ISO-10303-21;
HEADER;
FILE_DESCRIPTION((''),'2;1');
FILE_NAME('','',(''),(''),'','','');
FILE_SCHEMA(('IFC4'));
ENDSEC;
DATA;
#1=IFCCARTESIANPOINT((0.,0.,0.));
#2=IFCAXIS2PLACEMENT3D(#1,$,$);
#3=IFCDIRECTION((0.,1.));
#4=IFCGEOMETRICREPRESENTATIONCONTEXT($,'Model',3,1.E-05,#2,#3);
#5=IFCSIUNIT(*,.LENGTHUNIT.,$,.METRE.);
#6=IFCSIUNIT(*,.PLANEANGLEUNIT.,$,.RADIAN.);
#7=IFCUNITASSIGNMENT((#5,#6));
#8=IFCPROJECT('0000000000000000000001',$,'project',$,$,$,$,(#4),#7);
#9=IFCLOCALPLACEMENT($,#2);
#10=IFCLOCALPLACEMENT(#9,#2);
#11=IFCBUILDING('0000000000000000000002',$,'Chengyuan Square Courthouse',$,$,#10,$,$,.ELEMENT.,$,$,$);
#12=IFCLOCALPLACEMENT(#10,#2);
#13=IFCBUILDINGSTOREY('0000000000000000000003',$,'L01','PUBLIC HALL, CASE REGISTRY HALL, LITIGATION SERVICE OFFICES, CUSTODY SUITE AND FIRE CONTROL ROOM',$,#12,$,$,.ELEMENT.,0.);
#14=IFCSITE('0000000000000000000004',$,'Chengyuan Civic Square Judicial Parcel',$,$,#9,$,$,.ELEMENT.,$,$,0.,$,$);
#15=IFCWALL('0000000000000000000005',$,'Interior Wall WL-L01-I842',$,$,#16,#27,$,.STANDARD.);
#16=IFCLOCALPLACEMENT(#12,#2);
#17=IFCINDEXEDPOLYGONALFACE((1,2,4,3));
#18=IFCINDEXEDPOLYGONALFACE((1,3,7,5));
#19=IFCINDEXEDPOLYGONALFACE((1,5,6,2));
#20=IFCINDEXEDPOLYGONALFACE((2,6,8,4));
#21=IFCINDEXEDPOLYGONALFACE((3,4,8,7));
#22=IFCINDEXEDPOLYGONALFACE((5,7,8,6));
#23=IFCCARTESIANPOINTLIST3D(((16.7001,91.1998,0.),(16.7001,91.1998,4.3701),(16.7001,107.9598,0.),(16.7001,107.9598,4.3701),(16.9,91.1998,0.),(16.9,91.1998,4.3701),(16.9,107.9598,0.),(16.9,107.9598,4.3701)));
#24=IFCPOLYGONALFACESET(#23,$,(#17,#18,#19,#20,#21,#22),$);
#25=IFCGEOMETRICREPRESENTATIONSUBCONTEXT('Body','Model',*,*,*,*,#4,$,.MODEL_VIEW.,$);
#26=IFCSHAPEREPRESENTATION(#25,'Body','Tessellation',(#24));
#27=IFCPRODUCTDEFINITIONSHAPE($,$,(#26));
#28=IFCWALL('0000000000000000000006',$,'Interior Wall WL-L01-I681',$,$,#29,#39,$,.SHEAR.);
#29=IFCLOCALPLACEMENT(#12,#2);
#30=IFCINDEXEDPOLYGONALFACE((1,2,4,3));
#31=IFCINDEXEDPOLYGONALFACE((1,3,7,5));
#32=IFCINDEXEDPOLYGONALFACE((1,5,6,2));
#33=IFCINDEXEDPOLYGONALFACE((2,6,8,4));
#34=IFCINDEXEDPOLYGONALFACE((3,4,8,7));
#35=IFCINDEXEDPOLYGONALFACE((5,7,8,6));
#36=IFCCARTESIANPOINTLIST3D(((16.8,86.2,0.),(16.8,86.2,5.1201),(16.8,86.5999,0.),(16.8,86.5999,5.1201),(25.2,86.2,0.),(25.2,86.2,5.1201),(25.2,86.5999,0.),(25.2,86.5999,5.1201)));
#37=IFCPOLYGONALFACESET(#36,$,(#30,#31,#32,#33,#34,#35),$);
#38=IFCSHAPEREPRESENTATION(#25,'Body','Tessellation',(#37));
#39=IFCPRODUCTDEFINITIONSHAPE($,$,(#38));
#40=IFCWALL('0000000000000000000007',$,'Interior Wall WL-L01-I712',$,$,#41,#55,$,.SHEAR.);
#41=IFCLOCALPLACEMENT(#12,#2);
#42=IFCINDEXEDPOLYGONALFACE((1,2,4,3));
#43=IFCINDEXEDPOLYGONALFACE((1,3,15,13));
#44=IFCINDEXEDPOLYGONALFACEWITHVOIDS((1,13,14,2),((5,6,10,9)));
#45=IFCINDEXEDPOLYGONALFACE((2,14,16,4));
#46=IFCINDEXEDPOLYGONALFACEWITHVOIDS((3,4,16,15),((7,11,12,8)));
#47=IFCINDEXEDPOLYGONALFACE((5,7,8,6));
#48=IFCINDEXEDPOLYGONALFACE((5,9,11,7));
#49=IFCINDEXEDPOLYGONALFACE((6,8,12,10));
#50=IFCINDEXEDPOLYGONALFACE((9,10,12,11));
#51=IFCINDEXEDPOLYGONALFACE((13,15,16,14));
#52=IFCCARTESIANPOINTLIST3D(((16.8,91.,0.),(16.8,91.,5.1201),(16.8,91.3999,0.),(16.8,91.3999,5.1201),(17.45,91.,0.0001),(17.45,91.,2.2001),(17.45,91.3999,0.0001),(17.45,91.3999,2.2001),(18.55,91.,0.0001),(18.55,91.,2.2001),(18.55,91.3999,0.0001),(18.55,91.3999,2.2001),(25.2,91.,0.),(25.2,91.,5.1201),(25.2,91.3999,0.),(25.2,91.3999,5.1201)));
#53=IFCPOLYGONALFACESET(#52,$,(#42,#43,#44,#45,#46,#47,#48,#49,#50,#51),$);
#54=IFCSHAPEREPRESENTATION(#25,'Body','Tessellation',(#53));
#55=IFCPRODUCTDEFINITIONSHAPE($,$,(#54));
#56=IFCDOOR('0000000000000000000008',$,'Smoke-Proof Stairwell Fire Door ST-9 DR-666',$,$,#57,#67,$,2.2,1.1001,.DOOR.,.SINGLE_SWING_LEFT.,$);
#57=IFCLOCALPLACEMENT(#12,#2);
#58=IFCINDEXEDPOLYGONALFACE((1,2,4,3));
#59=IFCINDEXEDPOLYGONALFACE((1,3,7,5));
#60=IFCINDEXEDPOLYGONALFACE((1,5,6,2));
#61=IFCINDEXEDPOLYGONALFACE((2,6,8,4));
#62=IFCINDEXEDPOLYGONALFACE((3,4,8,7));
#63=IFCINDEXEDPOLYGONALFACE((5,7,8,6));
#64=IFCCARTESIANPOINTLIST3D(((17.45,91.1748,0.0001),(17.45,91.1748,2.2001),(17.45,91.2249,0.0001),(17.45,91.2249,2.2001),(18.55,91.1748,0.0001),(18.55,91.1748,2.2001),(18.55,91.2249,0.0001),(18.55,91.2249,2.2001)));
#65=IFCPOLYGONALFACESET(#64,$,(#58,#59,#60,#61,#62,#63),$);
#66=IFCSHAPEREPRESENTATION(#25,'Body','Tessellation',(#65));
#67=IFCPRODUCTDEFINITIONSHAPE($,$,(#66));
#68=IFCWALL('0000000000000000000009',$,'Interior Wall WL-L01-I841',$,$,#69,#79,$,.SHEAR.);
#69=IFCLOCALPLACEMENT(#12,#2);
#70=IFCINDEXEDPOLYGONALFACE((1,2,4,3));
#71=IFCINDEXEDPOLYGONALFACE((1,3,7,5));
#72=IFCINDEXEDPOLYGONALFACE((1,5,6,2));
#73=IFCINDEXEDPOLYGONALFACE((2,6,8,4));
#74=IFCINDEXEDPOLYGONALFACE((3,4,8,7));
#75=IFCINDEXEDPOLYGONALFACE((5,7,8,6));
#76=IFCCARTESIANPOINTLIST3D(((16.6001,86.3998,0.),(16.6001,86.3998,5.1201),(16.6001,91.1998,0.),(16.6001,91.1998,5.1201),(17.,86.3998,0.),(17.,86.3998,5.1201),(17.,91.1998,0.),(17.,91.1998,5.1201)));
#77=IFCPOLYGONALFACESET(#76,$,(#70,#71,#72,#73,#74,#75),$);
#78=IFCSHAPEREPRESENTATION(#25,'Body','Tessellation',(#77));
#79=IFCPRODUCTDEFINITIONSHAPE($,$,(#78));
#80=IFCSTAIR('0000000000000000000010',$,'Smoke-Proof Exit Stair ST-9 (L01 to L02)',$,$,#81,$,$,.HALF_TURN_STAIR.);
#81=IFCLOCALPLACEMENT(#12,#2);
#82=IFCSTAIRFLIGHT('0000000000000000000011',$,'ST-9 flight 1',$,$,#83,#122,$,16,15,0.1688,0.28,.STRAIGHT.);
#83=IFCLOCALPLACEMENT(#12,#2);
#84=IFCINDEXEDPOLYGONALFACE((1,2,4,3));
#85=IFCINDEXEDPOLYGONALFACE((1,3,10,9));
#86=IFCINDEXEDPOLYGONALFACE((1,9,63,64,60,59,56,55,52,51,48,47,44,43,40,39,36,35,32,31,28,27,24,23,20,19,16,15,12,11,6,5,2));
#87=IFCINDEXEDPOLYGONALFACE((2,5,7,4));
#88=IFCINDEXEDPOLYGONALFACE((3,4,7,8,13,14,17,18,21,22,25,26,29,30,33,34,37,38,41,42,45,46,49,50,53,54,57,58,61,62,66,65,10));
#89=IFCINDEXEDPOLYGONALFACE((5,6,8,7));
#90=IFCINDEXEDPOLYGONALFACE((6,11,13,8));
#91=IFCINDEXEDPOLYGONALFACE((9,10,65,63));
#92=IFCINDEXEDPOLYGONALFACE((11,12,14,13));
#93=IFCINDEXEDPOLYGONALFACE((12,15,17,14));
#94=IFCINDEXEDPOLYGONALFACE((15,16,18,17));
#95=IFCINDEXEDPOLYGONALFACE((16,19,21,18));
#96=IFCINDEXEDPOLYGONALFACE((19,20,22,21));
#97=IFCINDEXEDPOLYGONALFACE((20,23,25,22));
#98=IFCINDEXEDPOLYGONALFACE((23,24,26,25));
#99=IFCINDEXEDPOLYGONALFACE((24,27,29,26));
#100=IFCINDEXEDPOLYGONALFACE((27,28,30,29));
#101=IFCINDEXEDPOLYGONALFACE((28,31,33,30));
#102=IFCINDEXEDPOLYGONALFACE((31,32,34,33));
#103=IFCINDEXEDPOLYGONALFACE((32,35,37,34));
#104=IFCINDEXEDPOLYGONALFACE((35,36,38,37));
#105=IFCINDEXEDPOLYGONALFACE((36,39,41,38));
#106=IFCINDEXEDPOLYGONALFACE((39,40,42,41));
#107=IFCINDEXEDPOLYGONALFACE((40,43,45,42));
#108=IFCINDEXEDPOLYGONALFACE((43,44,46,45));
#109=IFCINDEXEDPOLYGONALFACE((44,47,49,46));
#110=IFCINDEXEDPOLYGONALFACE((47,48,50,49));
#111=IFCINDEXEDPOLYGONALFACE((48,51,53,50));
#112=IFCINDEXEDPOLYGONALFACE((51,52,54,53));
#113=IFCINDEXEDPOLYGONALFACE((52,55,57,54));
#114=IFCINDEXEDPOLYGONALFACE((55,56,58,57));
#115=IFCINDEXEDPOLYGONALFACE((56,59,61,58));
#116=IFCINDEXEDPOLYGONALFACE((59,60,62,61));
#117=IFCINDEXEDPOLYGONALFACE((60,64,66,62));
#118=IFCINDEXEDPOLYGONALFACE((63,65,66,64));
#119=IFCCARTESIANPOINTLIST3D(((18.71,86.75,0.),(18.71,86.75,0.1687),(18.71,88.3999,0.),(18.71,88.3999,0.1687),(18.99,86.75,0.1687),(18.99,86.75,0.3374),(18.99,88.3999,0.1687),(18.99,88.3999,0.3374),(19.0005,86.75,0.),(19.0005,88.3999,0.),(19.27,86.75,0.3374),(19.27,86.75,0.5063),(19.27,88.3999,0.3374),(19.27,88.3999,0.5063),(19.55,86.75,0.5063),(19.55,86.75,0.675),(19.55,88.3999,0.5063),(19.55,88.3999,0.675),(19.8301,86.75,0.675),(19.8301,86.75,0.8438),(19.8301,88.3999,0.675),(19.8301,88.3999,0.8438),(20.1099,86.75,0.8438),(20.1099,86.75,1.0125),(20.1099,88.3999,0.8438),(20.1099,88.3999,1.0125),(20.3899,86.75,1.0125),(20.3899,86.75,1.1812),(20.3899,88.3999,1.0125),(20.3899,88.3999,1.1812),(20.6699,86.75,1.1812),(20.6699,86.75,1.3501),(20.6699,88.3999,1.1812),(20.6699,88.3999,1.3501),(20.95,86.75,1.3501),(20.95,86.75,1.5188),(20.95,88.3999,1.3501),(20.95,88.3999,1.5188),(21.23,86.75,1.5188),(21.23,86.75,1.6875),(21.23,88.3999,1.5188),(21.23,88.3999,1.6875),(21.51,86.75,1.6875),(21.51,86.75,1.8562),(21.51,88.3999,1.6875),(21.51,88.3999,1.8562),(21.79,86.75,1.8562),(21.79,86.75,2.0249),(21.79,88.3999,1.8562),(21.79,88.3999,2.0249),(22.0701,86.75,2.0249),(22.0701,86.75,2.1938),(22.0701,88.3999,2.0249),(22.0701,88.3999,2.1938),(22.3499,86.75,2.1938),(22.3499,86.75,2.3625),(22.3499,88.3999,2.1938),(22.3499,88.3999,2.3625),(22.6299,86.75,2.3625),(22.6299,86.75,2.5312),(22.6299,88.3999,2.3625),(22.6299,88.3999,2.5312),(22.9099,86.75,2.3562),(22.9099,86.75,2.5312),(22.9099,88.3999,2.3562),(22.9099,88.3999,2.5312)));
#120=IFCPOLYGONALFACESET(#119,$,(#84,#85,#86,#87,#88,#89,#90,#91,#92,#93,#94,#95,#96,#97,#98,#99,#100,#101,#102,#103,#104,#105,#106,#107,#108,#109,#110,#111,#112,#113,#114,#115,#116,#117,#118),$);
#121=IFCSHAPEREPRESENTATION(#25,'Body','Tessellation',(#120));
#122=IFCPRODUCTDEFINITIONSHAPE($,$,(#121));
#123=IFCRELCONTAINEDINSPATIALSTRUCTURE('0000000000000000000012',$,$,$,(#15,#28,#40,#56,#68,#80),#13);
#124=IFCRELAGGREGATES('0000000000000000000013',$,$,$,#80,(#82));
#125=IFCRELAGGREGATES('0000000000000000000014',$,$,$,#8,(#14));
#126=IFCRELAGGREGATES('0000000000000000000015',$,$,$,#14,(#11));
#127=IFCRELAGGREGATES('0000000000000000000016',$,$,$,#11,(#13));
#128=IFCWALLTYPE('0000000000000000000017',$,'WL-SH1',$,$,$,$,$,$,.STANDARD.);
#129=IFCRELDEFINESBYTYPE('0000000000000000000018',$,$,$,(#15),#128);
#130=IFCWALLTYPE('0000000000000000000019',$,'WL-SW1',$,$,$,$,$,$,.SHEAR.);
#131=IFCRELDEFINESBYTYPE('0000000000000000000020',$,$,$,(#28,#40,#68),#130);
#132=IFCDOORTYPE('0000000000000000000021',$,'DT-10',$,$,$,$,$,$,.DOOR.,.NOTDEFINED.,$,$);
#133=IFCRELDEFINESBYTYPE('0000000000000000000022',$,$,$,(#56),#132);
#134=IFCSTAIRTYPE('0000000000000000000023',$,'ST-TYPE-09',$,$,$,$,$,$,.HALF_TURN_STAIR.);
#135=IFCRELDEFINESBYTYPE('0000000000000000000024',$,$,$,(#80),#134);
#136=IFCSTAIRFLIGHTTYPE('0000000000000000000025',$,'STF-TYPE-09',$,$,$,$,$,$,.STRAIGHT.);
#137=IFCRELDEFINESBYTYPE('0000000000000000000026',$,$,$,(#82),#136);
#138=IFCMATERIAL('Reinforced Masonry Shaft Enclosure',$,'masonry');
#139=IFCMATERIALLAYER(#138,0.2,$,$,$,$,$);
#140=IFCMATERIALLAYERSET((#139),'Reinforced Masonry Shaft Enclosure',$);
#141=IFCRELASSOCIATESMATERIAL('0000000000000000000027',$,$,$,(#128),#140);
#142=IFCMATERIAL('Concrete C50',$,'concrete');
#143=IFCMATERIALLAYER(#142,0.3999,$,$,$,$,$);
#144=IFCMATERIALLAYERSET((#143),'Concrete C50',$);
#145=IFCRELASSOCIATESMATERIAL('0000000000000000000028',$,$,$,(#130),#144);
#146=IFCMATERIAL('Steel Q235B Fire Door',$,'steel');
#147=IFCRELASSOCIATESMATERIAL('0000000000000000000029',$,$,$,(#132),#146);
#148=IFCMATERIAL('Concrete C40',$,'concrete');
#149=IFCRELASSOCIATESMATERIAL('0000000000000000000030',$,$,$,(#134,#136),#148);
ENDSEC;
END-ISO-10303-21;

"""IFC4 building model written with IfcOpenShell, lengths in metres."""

from ifc_helpers import new_model, si_unit, direction, frame, frame_2d, origin, place, context, subcontext, project, spatial, polyline, rectangle, outline, extrude, material, layer, layer_set, type_object, element, fill, aggregate, save


model = new_model("IFC4")

# Units and contexts
model_context = context("Model", 3, precision=1e-05, world=origin(), true_north=direction((0.0, 1.0)))
body_context = subcontext(model_context, "Body", "Model", "MODEL_VIEW")
ifc_project = project(units=[si_unit("LENGTHUNIT", "METRE"), si_unit("PLANEANGLEUNIT", "RADIAN")], contexts=[model_context])

# Site, building, storey
site_placement = place(None, origin())
site = spatial("IfcSite", under=ifc_project, at=site_placement, Name="Chengyuan Civic Square Judicial Parcel", CompositionType="ELEMENT", RefElevation=0.0)
building_placement = place(site_placement, origin())
building = spatial("IfcBuilding", under=site, at=building_placement, Name="Chengyuan Square Courthouse", CompositionType="ELEMENT")
storey_placement = place(building_placement, origin())
storey = spatial("IfcBuildingStorey", under=building, at=storey_placement, Name="L01", Description="PUBLIC HALL, CASE REGISTRY HALL, LITIGATION SERVICE OFFICES, CUSTODY SUITE AND FIRE CONTROL ROOM", CompositionType="ELEMENT", Elevation=0.0)

# Shared definitions
ifc_material_1 = material(Name="Concrete C50", Category="concrete")

# Shared definitions
ifc_material_2 = material(Name="Concrete C40", Category="concrete")

# Walls
ifc_material_3 = material(Name="Reinforced Masonry Shaft Enclosure", Category="masonry")
ifc_layer_1 = layer(ifc_material_3, 0.2)
ifc_layer_set_1 = layer_set([ifc_layer_1], Name="Reinforced Masonry Shaft Enclosure")
wall_type_1 = type_object("IfcWallType", Name="WL-SH1", PredefinedType="STANDARD", material=ifc_layer_set_1)
wall_1_placement = place(storey_placement, frame((16.8, 91.2, 0.0), z_axis=(0.0, 0.0, 1.0), x_axis=(0.0, 1.0, 0.0)))
element("IfcWall", 1, at=wall_1_placement, inside=storey, type_object=wall_type_1, Name="Interior Wall WL-L01-I842", PredefinedType="STANDARD", context=body_context, shape_type="SweptSolid", body=[
    extrude(rectangle(XDim=16.76, YDim=0.2, at=frame_2d((8.3799, 0.0))), origin(), (0.0, 0.0, 1.0), 4.3701),
])
ifc_layer_2 = layer(ifc_material_1, 0.3999)
ifc_layer_set_2 = layer_set([ifc_layer_2], Name="Concrete C50")
wall_type_2 = type_object("IfcWallType", Name="WL-SW1", PredefinedType="SHEAR", material=ifc_layer_set_2)
wall_2_placement = place(storey_placement, frame((16.8, 86.3999, 0.0), z_axis=(0.0, 0.0, 1.0), x_axis=(1.0, 0.0, 0.0)))
element("IfcWall", 2, at=wall_2_placement, inside=storey, type_object=wall_type_2, Name="Interior Wall WL-L01-I681", PredefinedType="SHEAR", context=body_context, shape_type="SweptSolid", body=[
    extrude(rectangle(XDim=8.3999, YDim=0.3999, at=frame_2d((4.2, 0.0))), origin(), (0.0, 0.0, 1.0), 5.1201),
])

# Wall, opening, door
wall_3_placement = place(storey_placement, frame((16.8, 91.2, 0.0), z_axis=(0.0, 0.0, 1.0), x_axis=(1.0, 0.0, 0.0)))
wall_3 = element("IfcWall", 3, at=wall_3_placement, inside=storey, type_object=wall_type_2, Name="Interior Wall WL-L01-I712", PredefinedType="SHEAR", context=body_context, shape_type="SweptSolid", body=[
    extrude(rectangle(XDim=8.3999, YDim=0.3999, at=frame_2d((4.2, 0.0))), origin(), (0.0, 0.0, 1.0), 5.1201),
])
opening_1_placement = place(wall_3_placement, frame((0.6499, 0.0, 0.0)))
opening_1 = element("IfcOpeningElement", 4, at=opening_1_placement, cuts=wall_3, PredefinedType="OPENING", context=body_context, shape_type="SweptSolid", body=[
    extrude(rectangle(XDim=1.1001, YDim=2.2, at=frame_2d((0.55, 1.1001))), frame((0.0, 0.2119, 0.0), z_axis=(0.0, -1.0, 0.0), x_axis=(1.0, 0.0, 0.0)), (0.0, 0.0, 1.0), 0.4238),
])
ifc_material_4 = material(Name="Steel Q235B Fire Door", Category="steel")
door_type_1 = type_object("IfcDoorType", Name="DT-10", OperationType="NOTDEFINED", PredefinedType="DOOR", material=ifc_material_4)
door_1_placement = place(opening_1_placement, origin())
door_1 = element("IfcDoor", 5, at=door_1_placement, inside=storey, type_object=door_type_1, Name="Smoke-Proof Stairwell Fire Door ST-9 DR-666", OperationType="SINGLE_SWING_LEFT", OverallHeight=2.2, OverallWidth=1.1001, PredefinedType="DOOR", context=body_context, shape_type="SweptSolid", body=[
    extrude(rectangle(XDim=1.1001, YDim=2.2, at=frame_2d((0.55, 1.1001))), frame((0.0, 0.0249, 0.0), z_axis=(0.0, -1.0, 0.0), x_axis=(1.0, 0.0, 0.0)), (0.0, 0.0, 1.0), 0.05),
])
fill(opening_1, door_1)

# Wall
wall_4_placement = place(storey_placement, frame((16.8, 86.3999, 0.0), z_axis=(0.0, 0.0, 1.0), x_axis=(0.0, 1.0, 0.0)))
element("IfcWall", 6, at=wall_4_placement, inside=storey, type_object=wall_type_2, Name="Interior Wall WL-L01-I841", PredefinedType="SHEAR", context=body_context, shape_type="SweptSolid", body=[
    extrude(rectangle(XDim=4.8, YDim=0.3999, at=frame_2d((2.3999, 0.0))), origin(), (0.0, 0.0, 1.0), 5.1201),
])

# Stair, stair flight
stair_type = type_object("IfcStairType", Name="ST-TYPE-09", PredefinedType="HALF_TURN_STAIR", material=ifc_material_2)
stair_placement = place(storey_placement, origin())
stair = element("IfcStair", 7, at=stair_placement, inside=storey, type_object=stair_type, Name="Smoke-Proof Exit Stair ST-9 (L01 to L02)", PredefinedType="HALF_TURN_STAIR")
stair_flight_type = type_object("IfcStairFlightType", Name="STF-TYPE-09", PredefinedType="STRAIGHT", material=ifc_material_2)
stair_flight_placement = place(storey_placement, frame((18.71, 87.575, 0.0), z_axis=(0.0, 0.0, 1.0), x_axis=(1.0, 0.0, 0.0)))
stair_flight = element("IfcStairFlight", 8, at=stair_flight_placement, type_object=stair_flight_type, Name="ST-9 flight 1", NumberOfRisers=16, NumberOfTreads=15, PredefinedType="STRAIGHT", RiserHeight=0.1688, TreadLength=0.28, context=body_context, shape_type="SweptSolid", body=[
    extrude(outline(polyline([(0.0, 0.0), (0.0, 0.1687), (0.28, 0.1687), (0.28, 0.3374), (0.5601, 0.3374), (0.5601, 0.5063), (0.8401, 0.5063), (0.8401, 0.675), (1.1201, 0.675), (1.1201, 0.8438), (1.3999, 0.8438), (1.3999, 1.0125), (1.6799, 1.0125), (1.6799, 1.1812), (1.96, 1.1812), (1.96, 1.3501), (2.24, 1.3501), (2.24, 1.5188), (2.52, 1.5188), (2.52, 1.6875), (2.8, 1.6875), (2.8, 1.8562), (3.0801, 1.8562), (3.0801, 2.0249), (3.3601, 2.0249), (3.3601, 2.1938), (3.6399, 2.1938), (3.6399, 2.3625), (3.9199, 2.3625), (3.9199, 2.5312), (4.2, 2.5312), (4.2, 2.7), (4.2, 2.3562), (0.2905, 0.0), (0.0, 0.0)])), frame((0.0, 0.825, 0.0), z_axis=(0.0, -1.0, 0.0), x_axis=(1.0, 0.0, 0.0)), (0.0, 0.0, 1.0), 1.6499),
])
aggregate(stair, [stair_flight])

save(model, "model.ifc")
